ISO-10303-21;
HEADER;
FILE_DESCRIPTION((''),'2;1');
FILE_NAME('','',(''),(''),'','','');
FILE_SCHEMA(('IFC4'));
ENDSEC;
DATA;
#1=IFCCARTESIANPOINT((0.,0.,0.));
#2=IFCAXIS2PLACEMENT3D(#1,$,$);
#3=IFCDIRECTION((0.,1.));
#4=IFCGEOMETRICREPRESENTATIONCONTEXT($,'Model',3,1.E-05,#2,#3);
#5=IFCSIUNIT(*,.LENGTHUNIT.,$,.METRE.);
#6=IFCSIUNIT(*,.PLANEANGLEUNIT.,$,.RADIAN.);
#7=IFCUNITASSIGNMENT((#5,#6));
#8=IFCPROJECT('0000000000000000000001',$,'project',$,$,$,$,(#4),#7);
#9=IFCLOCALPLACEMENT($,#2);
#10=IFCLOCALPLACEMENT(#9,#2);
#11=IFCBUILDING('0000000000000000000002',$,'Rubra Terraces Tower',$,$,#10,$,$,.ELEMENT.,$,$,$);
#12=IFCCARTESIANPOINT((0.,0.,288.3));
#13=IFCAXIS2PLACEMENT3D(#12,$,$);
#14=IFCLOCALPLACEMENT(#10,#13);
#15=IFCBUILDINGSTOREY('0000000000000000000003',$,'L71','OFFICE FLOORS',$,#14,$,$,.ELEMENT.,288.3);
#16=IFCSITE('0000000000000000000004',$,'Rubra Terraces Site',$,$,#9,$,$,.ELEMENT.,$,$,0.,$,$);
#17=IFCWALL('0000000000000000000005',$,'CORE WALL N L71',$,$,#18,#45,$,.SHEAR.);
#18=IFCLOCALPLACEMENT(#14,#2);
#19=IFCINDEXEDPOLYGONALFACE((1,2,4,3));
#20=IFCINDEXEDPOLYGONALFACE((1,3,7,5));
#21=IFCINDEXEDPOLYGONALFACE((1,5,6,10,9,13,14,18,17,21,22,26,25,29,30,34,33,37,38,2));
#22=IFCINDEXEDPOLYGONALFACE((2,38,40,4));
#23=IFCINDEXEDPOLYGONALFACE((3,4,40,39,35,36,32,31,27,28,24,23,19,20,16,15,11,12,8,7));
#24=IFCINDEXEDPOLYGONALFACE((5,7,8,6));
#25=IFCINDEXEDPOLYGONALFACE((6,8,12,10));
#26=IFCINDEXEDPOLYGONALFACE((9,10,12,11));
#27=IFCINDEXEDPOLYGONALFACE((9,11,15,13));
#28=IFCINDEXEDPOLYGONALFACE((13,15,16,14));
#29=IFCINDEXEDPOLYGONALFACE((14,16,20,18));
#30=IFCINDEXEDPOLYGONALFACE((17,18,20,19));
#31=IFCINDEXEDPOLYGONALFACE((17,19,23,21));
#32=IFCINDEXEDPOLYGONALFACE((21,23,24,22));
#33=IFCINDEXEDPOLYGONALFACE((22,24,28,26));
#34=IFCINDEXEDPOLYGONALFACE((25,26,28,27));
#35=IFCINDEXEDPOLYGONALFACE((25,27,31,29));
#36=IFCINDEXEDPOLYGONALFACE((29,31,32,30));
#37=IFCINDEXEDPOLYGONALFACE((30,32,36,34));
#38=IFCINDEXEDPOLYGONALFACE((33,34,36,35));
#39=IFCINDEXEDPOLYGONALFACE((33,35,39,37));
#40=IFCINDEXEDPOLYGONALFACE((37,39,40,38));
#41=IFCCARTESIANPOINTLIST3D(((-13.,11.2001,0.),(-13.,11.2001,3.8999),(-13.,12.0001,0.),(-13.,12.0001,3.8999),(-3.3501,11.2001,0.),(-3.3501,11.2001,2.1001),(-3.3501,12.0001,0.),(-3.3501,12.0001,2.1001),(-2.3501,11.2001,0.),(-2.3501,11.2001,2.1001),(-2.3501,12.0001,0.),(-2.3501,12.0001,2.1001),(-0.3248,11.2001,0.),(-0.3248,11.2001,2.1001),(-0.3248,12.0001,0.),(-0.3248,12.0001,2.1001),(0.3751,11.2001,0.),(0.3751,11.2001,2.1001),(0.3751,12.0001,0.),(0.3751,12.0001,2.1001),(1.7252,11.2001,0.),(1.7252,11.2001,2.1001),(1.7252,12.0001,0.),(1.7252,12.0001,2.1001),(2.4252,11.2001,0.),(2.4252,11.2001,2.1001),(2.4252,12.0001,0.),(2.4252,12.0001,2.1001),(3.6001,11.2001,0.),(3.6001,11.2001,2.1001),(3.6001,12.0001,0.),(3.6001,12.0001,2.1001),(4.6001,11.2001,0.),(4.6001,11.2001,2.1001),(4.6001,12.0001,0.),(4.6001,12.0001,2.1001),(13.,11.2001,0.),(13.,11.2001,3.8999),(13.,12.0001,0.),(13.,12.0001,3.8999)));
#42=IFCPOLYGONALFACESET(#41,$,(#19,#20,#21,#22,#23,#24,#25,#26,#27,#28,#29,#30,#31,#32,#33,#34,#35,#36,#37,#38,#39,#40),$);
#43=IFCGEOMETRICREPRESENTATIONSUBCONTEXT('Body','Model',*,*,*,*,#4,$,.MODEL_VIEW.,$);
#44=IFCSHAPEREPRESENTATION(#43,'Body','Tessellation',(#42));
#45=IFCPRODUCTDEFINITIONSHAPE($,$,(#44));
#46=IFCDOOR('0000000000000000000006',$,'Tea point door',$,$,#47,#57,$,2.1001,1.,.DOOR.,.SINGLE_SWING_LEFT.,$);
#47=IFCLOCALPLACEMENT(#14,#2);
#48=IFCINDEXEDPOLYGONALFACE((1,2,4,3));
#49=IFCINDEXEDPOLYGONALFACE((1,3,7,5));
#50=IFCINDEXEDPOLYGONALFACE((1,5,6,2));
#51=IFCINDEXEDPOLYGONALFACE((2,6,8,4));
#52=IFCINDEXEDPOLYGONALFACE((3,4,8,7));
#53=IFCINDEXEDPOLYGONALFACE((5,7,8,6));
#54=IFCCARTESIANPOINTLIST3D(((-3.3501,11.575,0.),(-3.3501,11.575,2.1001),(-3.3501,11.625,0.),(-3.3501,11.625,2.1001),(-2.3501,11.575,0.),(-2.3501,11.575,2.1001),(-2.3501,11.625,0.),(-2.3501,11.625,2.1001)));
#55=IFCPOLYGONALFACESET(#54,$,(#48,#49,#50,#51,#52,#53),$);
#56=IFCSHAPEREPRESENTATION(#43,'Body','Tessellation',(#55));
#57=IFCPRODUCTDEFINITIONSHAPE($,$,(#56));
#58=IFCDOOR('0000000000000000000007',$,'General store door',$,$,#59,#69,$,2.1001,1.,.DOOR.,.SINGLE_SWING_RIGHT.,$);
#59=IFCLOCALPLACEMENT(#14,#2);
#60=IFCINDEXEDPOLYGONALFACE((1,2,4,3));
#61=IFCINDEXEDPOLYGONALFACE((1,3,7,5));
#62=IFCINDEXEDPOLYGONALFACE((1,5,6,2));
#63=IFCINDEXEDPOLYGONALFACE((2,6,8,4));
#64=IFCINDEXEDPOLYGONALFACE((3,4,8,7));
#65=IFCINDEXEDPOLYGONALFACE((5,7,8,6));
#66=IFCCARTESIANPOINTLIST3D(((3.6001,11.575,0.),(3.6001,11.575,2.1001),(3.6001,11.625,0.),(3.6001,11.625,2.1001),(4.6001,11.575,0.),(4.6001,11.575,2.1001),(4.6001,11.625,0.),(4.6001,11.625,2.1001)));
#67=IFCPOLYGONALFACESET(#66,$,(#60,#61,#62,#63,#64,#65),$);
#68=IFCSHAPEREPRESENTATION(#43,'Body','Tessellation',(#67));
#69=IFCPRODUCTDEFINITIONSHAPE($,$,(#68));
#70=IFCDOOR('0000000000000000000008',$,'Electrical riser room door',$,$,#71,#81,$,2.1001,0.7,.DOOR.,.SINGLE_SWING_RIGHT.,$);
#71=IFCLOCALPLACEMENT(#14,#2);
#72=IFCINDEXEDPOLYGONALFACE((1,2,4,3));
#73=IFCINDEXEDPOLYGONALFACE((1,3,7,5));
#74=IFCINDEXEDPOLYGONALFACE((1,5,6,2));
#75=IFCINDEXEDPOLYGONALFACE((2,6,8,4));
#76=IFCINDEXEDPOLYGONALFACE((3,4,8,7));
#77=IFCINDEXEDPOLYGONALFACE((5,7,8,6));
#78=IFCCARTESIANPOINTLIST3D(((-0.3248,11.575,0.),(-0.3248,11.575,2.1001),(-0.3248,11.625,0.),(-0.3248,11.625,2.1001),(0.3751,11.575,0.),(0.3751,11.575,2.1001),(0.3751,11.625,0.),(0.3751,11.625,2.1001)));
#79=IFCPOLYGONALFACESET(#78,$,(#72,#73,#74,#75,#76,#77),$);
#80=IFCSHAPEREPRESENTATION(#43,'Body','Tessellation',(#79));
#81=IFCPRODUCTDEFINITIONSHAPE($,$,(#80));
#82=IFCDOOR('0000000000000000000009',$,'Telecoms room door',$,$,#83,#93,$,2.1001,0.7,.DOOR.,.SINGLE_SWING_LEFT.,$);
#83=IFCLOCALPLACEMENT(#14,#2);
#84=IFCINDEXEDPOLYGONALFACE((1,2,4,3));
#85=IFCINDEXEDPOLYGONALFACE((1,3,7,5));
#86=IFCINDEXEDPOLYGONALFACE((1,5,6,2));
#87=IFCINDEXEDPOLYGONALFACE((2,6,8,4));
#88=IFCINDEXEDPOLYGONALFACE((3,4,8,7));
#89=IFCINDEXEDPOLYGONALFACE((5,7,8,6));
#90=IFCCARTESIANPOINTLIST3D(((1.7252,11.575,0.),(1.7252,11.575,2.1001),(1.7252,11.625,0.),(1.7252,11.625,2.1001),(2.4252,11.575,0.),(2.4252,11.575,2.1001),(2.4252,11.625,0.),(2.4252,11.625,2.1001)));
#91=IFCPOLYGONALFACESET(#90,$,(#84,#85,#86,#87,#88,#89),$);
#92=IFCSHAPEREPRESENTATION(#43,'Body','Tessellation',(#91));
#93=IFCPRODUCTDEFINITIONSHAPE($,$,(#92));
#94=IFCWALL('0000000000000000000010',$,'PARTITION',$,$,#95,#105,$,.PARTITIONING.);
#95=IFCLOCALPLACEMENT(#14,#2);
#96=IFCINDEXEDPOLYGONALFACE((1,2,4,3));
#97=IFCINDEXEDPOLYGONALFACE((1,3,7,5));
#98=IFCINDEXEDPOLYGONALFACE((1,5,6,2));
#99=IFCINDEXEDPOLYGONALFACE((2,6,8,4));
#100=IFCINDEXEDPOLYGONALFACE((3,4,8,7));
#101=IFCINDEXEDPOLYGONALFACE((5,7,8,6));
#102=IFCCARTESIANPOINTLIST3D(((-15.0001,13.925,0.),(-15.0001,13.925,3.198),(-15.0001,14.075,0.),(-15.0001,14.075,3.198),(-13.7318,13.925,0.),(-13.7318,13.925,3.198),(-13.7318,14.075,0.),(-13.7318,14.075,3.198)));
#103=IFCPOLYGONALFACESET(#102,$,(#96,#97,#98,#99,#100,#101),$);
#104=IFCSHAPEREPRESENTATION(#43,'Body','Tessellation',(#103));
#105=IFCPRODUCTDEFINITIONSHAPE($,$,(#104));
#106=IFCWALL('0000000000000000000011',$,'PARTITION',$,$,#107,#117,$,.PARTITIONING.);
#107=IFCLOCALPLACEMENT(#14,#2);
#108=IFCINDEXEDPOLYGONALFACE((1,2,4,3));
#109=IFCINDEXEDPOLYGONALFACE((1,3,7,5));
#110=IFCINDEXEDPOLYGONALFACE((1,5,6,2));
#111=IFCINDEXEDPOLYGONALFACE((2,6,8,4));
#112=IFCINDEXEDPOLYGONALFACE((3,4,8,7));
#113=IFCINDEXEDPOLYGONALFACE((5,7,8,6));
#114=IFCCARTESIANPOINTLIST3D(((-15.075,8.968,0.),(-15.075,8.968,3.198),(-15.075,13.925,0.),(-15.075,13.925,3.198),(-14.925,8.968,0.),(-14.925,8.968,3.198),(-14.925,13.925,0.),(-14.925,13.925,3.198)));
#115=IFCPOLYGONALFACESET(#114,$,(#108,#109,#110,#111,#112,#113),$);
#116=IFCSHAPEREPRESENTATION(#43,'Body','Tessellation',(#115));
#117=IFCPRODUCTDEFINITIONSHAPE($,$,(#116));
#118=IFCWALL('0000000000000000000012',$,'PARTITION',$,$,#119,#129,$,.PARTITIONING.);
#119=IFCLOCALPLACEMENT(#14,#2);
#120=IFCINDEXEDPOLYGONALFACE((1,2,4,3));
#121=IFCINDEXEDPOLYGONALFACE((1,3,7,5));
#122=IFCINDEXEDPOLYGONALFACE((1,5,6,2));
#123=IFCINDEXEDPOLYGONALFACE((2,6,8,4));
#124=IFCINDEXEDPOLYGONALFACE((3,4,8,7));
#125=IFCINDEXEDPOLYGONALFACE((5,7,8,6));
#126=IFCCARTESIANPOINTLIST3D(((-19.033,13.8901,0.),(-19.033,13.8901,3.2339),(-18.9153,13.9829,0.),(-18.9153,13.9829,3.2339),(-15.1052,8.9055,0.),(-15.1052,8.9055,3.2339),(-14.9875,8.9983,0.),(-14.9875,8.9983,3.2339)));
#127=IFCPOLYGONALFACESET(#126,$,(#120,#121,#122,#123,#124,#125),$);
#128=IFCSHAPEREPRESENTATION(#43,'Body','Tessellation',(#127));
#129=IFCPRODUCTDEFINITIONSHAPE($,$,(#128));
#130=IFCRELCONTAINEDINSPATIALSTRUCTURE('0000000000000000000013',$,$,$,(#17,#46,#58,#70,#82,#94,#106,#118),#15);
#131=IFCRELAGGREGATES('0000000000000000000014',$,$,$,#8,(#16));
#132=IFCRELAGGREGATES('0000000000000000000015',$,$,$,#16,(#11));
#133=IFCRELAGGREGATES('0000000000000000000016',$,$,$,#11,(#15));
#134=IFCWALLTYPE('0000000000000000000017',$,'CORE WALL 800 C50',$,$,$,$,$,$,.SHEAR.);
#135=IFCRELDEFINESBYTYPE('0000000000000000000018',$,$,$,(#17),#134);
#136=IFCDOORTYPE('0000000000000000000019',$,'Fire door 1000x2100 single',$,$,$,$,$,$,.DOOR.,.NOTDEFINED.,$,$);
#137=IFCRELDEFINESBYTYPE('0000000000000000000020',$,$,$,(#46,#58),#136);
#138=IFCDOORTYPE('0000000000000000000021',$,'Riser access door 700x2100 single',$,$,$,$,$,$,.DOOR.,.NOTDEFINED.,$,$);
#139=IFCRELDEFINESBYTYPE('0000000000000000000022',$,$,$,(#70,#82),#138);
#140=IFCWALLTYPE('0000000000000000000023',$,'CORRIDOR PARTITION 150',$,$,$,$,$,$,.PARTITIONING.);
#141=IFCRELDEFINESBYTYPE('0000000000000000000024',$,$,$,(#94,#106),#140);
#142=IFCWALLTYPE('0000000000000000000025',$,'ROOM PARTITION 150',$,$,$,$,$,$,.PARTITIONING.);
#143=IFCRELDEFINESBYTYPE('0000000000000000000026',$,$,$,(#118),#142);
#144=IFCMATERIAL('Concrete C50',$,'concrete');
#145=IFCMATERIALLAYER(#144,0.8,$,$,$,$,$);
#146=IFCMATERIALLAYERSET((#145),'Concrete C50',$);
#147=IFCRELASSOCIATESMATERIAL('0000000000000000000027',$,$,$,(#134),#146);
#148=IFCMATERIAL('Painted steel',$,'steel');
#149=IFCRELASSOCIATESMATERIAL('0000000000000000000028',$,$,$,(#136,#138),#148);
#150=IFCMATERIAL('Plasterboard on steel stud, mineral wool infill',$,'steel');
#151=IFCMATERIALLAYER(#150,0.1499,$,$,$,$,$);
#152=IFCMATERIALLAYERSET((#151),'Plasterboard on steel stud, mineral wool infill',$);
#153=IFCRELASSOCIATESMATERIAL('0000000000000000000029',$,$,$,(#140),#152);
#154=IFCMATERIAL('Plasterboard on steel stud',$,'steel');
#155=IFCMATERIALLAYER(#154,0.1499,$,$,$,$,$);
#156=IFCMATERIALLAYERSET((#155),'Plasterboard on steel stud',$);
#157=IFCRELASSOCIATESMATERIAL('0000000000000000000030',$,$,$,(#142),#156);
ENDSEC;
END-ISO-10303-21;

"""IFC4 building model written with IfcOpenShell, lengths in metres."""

from ifc_helpers import new_model, si_unit, direction, frame, frame_2d, origin, place, context, subcontext, project, spatial, rectangle, extrude, material, layer, layer_set, type_object, element, fill, save


model = new_model("IFC4")

# Units and contexts
model_context = context("Model", 3, precision=1e-05, world=origin(), true_north=direction((0.0, 1.0)))
body_context = subcontext(model_context, "Body", "Model", "MODEL_VIEW")
ifc_project = project(units=[si_unit("LENGTHUNIT", "METRE"), si_unit("PLANEANGLEUNIT", "RADIAN")], contexts=[model_context])

# Site, building, storey
site_placement = place(None, origin())
site = spatial("IfcSite", under=ifc_project, at=site_placement, Name="Rubra Terraces Site", CompositionType="ELEMENT", RefElevation=0.0)
building_placement = place(site_placement, origin())
building = spatial("IfcBuilding", under=site, at=building_placement, Name="Rubra Terraces Tower", CompositionType="ELEMENT")
storey_placement = place(building_placement, frame((0.0, 0.0, 288.3)))
storey = spatial("IfcBuildingStorey", under=building, at=storey_placement, Name="L71", Description="OFFICE FLOORS", CompositionType="ELEMENT", Elevation=288.3)

# Shared definitions
ifc_material_1 = material(Name="Concrete C50", Category="concrete")

# Wall, openings, doors
ifc_layer_1 = layer(ifc_material_1, 0.8)
ifc_layer_set_1 = layer_set([ifc_layer_1], Name="Concrete C50")
wall_type_1 = type_object("IfcWallType", Name="CORE WALL 800 C50", PredefinedType="SHEAR", material=ifc_layer_set_1)
wall_1_placement = place(storey_placement, frame((-13.0, 11.6001, 0.0), z_axis=(0.0, 0.0, 1.0), x_axis=(1.0, 0.0, 0.0)))
wall_1 = element("IfcWall", 1, at=wall_1_placement, inside=storey, type_object=wall_type_1, Name="CORE WALL N L71", PredefinedType="SHEAR", context=body_context, shape_type="SweptSolid", body=[
    extrude(rectangle(XDim=26.0, YDim=0.8, at=frame_2d((13.0, 0.0))), origin(), (0.0, 0.0, 1.0), 3.8999),
])
opening_1_placement = place(wall_1_placement, frame((9.6499, 0.0, 0.0)))
opening_1 = element("IfcOpeningElement", 2, at=opening_1_placement, cuts=wall_1, PredefinedType="OPENING", context=body_context, shape_type="SweptSolid", body=[
    extrude(rectangle(XDim=1.0, YDim=2.1001, at=frame_2d((0.5, 1.05))), frame((0.0, 0.4099, 0.0), z_axis=(0.0, -1.0, 0.0), x_axis=(1.0, 0.0, 0.0)), (0.0, 0.0, 1.0), 0.8201),
])
opening_2_placement = place(wall_1_placement, frame((12.675, 0.0, 0.0)))
opening_2 = element("IfcOpeningElement", 3, at=opening_2_placement, cuts=wall_1, PredefinedType="OPENING", context=body_context, shape_type="SweptSolid", body=[
    extrude(rectangle(XDim=0.7, YDim=2.1001, at=frame_2d((0.3501, 1.05))), frame((0.0, 0.4099, 0.0), z_axis=(0.0, -1.0, 0.0), x_axis=(1.0, 0.0, 0.0)), (0.0, 0.0, 1.0), 0.8201),
])
opening_3_placement = place(wall_1_placement, frame((14.7251, 0.0, 0.0)))
opening_3 = element("IfcOpeningElement", 4, at=opening_3_placement, cuts=wall_1, PredefinedType="OPENING", context=body_context, shape_type="SweptSolid", body=[
    extrude(rectangle(XDim=0.7, YDim=2.1001, at=frame_2d((0.3501, 1.05))), frame((0.0, 0.4099, 0.0), z_axis=(0.0, -1.0, 0.0), x_axis=(1.0, 0.0, 0.0)), (0.0, 0.0, 1.0), 0.8201),
])
opening_4_placement = place(wall_1_placement, frame((16.6001, 0.0, 0.0)))
opening_4 = element("IfcOpeningElement", 5, at=opening_4_placement, cuts=wall_1, PredefinedType="OPENING", context=body_context, shape_type="SweptSolid", body=[
    extrude(rectangle(XDim=1.0, YDim=2.1001, at=frame_2d((0.5, 1.05))), frame((0.0, 0.4099, 0.0), z_axis=(0.0, -1.0, 0.0), x_axis=(1.0, 0.0, 0.0)), (0.0, 0.0, 1.0), 0.8201),
])
ifc_material_2 = material(Name="Painted steel", Category="steel")
door_type_1 = type_object("IfcDoorType", Name="Fire door 1000x2100 single", OperationType="NOTDEFINED", PredefinedType="DOOR", material=ifc_material_2)
door_1_placement = place(opening_1_placement, origin())
door_1 = element("IfcDoor", 6, at=door_1_placement, inside=storey, type_object=door_type_1, Name="Tea point door", OperationType="SINGLE_SWING_LEFT", OverallHeight=2.1001, OverallWidth=1.0, PredefinedType="DOOR", context=body_context, shape_type="SweptSolid", body=[
    extrude(rectangle(XDim=1.0, YDim=2.1001, at=frame_2d((0.5, 1.05))), frame((0.0, 0.0249, 0.0), z_axis=(0.0, -1.0, 0.0), x_axis=(1.0, 0.0, 0.0)), (0.0, 0.0, 1.0), 0.05),
])
fill(opening_1, door_1)
door_2_placement = place(opening_4_placement, origin())
door_2 = element("IfcDoor", 7, at=door_2_placement, inside=storey, type_object=door_type_1, Name="General store door", OperationType="SINGLE_SWING_RIGHT", OverallHeight=2.1001, OverallWidth=1.0, PredefinedType="DOOR", context=body_context, shape_type="SweptSolid", body=[
    extrude(rectangle(XDim=1.0, YDim=2.1001, at=frame_2d((0.5, 1.05))), frame((0.0, 0.0249, 0.0), z_axis=(0.0, -1.0, 0.0), x_axis=(1.0, 0.0, 0.0)), (0.0, 0.0, 1.0), 0.05),
])
fill(opening_4, door_2)
door_type_2 = type_object("IfcDoorType", Name="Riser access door 700x2100 single", OperationType="NOTDEFINED", PredefinedType="DOOR", material=ifc_material_2)
door_3_placement = place(opening_2_placement, origin())
door_3 = element("IfcDoor", 8, at=door_3_placement, inside=storey, type_object=door_type_2, Name="Electrical riser room door", OperationType="SINGLE_SWING_RIGHT", OverallHeight=2.1001, OverallWidth=0.7, PredefinedType="DOOR", context=body_context, shape_type="SweptSolid", body=[
    extrude(rectangle(XDim=0.7, YDim=2.1001, at=frame_2d((0.3501, 1.05))), frame((0.0, 0.0249, 0.0), z_axis=(0.0, -1.0, 0.0), x_axis=(1.0, 0.0, 0.0)), (0.0, 0.0, 1.0), 0.05),
])
fill(opening_2, door_3)
door_4_placement = place(opening_3_placement, origin())
door_4 = element("IfcDoor", 9, at=door_4_placement, inside=storey, type_object=door_type_2, Name="Telecoms room door", OperationType="SINGLE_SWING_LEFT", OverallHeight=2.1001, OverallWidth=0.7, PredefinedType="DOOR", context=body_context, shape_type="SweptSolid", body=[
    extrude(rectangle(XDim=0.7, YDim=2.1001, at=frame_2d((0.3501, 1.05))), frame((0.0, 0.0249, 0.0), z_axis=(0.0, -1.0, 0.0), x_axis=(1.0, 0.0, 0.0)), (0.0, 0.0, 1.0), 0.05),
])
fill(opening_3, door_4)

# Walls
ifc_material_3 = material(Name="Plasterboard on steel stud, mineral wool infill", Category="steel")
ifc_layer_2 = layer(ifc_material_3, 0.1499)
ifc_layer_set_2 = layer_set([ifc_layer_2], Name="Plasterboard on steel stud, mineral wool infill")
wall_type_2 = type_object("IfcWallType", Name="CORRIDOR PARTITION 150", PredefinedType="PARTITIONING", material=ifc_layer_set_2)
wall_2_placement = place(storey_placement, frame((-13.7317, 14.0, 0.0), z_axis=(0.0, 0.0, 1.0), x_axis=(-1.0, 0.0, 0.0)))
element("IfcWall", 10, at=wall_2_placement, inside=storey, type_object=wall_type_2, Name="PARTITION", PredefinedType="PARTITIONING", context=body_context, shape_type="SweptSolid", body=[
    extrude(rectangle(XDim=1.2683, YDim=0.1499, at=frame_2d((0.6343, 0.0))), origin(), (0.0, 0.0, 1.0), 3.198),
])
wall_3_placement = place(storey_placement, frame((-15.0, 13.925, 0.0), z_axis=(0.0, 0.0, 1.0), x_axis=(0.0, -1.0, 0.0)))
element("IfcWall", 11, at=wall_3_placement, inside=storey, type_object=wall_type_2, Name="PARTITION", PredefinedType="PARTITIONING", context=body_context, shape_type="SweptSolid", body=[
    extrude(rectangle(XDim=4.957, YDim=0.1499, at=frame_2d((2.4785, 0.0))), origin(), (0.0, 0.0, 1.0), 3.198),
])
ifc_material_4 = material(Name="Plasterboard on steel stud", Category="steel")
ifc_layer_3 = layer(ifc_material_4, 0.1499)
ifc_layer_set_3 = layer_set([ifc_layer_3], Name="Plasterboard on steel stud")
wall_type_3 = type_object("IfcWallType", Name="ROOM PARTITION 150", PredefinedType="PARTITIONING", material=ifc_layer_set_3)
wall_4_placement = place(storey_placement, frame((-18.9741, 13.9365, 0.0), z_axis=(0.0, 0.0, 1.0), x_axis=(0.618917, -0.785457, 0.0)))
element("IfcWall", 12, at=wall_4_placement, inside=storey, type_object=wall_type_3, Name="PARTITION", PredefinedType="PARTITIONING", context=body_context, shape_type="SweptSolid", body=[
    extrude(rectangle(XDim=6.3462, YDim=0.1499, at=frame_2d((3.1731, 0.0))), origin(), (0.0, 0.0, 1.0), 3.2339),
])

save(model, "model.ifc")
